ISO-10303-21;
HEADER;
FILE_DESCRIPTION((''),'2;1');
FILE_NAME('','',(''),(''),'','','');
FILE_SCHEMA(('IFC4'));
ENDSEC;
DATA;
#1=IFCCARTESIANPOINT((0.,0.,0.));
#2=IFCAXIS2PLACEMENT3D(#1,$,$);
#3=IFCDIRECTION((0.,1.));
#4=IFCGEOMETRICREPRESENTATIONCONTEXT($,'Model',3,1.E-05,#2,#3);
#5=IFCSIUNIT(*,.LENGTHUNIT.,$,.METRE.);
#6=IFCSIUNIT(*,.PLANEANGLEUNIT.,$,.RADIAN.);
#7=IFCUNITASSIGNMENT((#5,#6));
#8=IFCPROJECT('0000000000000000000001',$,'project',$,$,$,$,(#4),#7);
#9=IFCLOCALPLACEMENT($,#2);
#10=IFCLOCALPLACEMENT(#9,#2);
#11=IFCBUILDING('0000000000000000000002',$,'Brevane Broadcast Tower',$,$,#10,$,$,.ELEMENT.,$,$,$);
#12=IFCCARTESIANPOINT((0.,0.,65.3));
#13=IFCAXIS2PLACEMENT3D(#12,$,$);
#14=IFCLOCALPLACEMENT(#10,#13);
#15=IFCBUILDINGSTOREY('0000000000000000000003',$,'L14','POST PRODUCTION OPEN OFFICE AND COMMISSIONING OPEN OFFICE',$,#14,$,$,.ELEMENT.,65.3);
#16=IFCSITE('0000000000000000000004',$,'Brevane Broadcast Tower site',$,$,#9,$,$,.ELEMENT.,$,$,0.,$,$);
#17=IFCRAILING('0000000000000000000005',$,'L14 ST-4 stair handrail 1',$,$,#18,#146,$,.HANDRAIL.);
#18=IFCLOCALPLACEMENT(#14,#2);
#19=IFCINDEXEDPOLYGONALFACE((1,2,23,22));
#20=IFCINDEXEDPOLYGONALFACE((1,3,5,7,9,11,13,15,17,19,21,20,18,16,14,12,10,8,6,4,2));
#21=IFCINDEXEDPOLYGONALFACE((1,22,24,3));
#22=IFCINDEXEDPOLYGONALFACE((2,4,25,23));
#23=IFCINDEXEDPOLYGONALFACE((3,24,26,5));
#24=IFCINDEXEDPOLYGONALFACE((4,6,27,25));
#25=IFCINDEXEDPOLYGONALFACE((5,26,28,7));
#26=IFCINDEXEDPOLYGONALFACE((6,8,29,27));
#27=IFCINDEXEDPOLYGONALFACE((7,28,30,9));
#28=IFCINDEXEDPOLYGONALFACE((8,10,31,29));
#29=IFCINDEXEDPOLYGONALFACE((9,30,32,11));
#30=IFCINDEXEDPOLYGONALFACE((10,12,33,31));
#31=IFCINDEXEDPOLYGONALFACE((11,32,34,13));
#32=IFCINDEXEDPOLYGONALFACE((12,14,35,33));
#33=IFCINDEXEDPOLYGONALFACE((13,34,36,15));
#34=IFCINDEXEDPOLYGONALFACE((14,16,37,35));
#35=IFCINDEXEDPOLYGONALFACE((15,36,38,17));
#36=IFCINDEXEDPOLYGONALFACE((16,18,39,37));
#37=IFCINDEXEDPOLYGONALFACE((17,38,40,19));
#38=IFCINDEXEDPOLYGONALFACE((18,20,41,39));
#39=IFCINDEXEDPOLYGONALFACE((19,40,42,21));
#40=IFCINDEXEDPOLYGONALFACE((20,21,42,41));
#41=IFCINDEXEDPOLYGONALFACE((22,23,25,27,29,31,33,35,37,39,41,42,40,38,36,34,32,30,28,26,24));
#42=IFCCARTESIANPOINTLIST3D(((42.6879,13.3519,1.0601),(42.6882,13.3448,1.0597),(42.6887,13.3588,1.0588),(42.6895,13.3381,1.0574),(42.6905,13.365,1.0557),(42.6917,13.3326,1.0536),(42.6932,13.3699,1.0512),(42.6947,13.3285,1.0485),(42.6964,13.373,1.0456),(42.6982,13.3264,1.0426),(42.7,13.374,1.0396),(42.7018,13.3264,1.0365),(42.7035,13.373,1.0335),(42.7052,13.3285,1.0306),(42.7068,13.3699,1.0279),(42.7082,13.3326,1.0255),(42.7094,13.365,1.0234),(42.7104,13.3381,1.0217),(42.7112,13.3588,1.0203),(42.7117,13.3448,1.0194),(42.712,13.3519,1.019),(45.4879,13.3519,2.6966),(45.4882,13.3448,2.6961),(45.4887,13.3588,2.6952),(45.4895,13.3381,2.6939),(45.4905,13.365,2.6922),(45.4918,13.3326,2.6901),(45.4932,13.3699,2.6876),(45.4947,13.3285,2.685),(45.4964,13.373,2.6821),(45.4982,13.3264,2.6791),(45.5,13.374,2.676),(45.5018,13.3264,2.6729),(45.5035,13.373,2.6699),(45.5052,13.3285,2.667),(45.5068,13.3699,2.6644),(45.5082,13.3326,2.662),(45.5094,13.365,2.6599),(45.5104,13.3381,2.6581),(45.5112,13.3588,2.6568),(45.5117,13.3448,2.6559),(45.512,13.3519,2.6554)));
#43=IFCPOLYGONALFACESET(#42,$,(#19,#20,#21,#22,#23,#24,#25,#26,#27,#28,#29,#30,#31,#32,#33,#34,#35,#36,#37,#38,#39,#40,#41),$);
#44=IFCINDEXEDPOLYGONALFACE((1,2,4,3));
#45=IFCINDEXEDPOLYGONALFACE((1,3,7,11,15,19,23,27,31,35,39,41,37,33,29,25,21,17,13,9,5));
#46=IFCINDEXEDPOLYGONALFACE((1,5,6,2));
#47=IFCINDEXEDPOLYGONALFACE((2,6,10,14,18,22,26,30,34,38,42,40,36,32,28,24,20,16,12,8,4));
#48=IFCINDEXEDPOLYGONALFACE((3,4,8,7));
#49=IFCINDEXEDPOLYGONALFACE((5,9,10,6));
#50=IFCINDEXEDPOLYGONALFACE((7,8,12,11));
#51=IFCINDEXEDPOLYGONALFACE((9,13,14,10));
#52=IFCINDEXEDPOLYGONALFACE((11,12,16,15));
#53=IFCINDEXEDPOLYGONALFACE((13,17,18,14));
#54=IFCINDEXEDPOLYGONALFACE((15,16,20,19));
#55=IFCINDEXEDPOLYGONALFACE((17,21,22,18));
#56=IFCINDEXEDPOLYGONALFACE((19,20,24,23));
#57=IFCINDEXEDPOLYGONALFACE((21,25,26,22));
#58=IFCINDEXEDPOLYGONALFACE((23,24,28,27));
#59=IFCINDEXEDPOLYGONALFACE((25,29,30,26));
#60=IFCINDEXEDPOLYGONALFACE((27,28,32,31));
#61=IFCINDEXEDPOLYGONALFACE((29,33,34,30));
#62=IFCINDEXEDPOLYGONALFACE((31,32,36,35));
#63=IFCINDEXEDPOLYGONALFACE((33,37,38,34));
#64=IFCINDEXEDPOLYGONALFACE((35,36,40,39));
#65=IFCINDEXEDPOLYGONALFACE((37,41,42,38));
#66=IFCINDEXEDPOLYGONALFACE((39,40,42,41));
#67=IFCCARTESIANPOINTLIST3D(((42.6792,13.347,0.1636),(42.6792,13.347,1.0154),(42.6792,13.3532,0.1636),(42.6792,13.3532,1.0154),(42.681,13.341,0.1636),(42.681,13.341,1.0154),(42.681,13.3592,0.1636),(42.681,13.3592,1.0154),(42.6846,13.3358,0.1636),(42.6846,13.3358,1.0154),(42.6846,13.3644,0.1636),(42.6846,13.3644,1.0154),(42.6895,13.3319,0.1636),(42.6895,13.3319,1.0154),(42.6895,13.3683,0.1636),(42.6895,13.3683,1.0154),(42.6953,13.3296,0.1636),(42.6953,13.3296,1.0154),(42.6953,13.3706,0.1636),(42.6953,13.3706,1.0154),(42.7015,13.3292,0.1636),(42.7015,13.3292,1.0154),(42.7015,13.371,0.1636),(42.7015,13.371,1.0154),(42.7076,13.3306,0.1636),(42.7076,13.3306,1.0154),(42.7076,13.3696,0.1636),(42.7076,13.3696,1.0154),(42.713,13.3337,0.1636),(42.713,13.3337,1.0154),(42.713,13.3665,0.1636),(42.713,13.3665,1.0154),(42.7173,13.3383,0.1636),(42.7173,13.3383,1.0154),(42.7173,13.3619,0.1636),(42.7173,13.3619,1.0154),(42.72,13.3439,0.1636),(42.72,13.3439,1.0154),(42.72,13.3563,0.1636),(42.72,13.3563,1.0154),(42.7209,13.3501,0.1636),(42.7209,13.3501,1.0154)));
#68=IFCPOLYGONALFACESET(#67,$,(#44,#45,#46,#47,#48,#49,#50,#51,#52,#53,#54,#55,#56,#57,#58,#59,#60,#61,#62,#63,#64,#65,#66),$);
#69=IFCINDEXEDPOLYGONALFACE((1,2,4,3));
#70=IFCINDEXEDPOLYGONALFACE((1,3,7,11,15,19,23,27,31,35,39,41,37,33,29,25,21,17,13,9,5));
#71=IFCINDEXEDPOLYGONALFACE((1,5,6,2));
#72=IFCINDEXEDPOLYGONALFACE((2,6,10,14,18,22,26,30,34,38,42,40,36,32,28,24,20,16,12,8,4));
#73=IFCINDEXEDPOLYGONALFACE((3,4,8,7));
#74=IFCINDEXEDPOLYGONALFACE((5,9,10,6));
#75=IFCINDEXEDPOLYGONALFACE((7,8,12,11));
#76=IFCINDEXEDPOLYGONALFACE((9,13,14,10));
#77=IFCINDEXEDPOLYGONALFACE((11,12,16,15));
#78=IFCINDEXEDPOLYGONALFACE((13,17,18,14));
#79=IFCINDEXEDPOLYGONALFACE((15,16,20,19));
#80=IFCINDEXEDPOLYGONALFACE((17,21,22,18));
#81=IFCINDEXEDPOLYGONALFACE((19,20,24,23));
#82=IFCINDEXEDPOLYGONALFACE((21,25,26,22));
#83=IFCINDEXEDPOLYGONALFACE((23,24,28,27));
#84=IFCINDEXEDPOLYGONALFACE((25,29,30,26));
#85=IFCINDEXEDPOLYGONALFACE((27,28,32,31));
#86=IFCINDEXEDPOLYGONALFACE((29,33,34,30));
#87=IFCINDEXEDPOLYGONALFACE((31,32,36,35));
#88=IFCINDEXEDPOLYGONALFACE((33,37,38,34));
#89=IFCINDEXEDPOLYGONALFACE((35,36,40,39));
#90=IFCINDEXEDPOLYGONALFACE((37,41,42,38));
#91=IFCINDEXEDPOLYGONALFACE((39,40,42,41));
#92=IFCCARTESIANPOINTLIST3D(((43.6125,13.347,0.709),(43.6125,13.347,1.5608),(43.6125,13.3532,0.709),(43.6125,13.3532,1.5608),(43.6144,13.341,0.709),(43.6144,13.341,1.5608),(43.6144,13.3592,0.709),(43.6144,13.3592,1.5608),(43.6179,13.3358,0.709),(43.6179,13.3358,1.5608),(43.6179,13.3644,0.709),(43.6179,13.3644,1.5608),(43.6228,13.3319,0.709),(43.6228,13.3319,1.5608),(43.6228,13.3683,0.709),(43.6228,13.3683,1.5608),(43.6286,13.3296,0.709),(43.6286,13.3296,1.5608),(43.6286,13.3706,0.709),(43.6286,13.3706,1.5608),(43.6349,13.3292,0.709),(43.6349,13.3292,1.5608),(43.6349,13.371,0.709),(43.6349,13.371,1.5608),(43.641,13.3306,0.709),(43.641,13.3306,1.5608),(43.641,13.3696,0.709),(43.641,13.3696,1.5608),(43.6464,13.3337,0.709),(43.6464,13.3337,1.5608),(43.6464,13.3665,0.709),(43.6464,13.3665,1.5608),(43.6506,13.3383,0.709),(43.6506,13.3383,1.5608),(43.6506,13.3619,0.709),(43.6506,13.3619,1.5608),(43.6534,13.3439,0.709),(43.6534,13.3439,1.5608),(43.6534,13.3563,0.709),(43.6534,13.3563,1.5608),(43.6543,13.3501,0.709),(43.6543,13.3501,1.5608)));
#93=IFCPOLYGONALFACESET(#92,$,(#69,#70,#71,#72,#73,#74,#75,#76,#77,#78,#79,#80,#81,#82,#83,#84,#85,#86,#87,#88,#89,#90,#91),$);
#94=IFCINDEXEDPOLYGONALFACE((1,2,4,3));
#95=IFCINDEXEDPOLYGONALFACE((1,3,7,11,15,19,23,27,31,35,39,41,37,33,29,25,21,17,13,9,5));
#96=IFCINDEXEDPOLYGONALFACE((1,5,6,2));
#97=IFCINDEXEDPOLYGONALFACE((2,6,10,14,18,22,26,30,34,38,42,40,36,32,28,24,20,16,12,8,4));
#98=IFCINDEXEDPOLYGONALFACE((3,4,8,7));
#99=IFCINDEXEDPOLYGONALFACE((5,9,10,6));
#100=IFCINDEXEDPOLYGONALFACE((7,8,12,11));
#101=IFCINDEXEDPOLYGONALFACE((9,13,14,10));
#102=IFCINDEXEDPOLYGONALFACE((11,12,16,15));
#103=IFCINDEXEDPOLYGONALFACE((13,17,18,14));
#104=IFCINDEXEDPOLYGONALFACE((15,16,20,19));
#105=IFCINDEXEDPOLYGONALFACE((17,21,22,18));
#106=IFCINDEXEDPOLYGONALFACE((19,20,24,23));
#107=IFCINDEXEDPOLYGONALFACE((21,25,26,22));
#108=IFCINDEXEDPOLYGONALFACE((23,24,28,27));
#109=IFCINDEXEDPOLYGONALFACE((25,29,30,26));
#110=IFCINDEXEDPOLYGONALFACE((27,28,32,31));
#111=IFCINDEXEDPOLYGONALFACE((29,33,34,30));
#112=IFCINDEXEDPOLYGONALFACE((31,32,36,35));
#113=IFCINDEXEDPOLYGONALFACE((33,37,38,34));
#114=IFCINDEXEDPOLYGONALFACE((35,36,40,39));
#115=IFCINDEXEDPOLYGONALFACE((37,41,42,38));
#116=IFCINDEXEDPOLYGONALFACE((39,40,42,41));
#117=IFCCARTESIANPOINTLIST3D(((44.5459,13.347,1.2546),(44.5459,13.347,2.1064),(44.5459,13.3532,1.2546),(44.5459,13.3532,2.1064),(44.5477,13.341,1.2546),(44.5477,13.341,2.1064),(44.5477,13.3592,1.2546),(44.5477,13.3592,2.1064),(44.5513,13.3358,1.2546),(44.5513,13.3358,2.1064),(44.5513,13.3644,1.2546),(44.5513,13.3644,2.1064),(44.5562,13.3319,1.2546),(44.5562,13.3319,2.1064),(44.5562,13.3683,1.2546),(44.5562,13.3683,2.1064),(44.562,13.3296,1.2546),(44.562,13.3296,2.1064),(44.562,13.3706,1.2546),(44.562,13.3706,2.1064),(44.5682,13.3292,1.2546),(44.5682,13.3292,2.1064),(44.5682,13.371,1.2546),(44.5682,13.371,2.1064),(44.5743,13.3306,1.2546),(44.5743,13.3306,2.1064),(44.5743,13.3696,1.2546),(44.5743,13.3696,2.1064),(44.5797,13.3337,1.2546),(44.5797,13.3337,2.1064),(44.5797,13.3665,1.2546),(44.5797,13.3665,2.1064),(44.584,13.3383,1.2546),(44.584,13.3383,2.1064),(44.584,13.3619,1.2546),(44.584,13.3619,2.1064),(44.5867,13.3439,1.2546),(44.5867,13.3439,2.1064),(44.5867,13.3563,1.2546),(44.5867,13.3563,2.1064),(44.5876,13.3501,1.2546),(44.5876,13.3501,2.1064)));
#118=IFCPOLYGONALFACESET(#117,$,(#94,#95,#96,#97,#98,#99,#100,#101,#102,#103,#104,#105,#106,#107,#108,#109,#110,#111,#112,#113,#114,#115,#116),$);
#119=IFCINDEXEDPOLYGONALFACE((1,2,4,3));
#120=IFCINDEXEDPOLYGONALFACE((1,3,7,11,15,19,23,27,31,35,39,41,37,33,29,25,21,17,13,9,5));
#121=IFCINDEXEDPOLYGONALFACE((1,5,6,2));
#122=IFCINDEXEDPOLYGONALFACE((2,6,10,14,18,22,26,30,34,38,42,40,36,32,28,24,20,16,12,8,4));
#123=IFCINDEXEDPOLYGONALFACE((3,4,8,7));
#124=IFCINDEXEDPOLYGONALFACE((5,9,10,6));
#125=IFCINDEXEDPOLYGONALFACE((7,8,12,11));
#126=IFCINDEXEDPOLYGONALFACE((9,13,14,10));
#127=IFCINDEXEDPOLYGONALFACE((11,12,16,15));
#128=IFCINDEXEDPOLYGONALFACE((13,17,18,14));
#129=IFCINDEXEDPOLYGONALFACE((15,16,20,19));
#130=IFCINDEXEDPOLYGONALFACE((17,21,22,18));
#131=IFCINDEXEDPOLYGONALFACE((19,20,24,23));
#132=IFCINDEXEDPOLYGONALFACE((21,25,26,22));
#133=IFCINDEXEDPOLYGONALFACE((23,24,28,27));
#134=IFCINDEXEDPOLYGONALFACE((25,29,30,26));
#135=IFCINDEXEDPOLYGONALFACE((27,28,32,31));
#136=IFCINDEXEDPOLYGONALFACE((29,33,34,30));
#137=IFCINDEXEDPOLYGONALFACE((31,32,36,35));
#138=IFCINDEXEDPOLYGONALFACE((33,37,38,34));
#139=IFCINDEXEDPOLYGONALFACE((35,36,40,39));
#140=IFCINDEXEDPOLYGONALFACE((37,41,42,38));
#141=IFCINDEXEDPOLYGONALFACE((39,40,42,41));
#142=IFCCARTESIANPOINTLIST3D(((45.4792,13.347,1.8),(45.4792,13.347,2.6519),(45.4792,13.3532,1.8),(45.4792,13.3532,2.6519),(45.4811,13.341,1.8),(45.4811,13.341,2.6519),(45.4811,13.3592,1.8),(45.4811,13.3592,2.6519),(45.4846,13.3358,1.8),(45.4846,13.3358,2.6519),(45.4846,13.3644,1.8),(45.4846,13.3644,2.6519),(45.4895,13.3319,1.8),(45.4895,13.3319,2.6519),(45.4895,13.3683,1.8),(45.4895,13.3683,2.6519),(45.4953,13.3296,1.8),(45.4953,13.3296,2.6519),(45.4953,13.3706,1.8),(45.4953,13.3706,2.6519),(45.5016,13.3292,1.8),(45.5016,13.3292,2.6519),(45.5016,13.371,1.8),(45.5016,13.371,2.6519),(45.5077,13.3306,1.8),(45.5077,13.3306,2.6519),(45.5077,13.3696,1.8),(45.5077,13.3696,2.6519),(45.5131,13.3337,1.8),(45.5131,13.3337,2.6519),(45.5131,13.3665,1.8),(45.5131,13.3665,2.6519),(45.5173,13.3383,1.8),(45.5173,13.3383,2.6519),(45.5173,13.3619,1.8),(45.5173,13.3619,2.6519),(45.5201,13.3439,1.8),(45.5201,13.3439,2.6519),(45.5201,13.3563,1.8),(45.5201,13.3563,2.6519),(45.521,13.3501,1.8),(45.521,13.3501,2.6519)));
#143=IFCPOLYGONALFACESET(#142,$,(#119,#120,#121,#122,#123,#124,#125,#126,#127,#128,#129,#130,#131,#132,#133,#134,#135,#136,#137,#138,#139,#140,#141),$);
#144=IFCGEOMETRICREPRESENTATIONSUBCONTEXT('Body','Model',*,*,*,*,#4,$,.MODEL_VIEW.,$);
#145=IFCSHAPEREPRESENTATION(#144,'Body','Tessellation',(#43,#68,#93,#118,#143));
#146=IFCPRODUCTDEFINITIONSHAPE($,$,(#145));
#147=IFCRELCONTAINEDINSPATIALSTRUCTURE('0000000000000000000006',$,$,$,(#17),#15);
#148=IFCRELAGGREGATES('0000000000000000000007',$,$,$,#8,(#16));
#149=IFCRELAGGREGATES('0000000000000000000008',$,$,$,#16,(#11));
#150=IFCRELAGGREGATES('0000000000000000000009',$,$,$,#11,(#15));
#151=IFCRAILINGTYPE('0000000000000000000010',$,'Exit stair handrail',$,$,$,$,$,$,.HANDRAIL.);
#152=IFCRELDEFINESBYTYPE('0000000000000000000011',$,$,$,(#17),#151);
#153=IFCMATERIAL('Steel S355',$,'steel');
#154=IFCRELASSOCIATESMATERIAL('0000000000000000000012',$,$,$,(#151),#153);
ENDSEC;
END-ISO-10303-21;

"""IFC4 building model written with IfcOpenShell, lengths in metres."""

from ifc_helpers import new_model, si_unit, direction, frame, origin, origin_2d, place, context, subcontext, project, spatial, circle, extrude, material, type_object, element, save


model = new_model("IFC4")

# Units and contexts
model_context = context("Model", 3, precision=1e-05, world=origin(), true_north=direction((0.0, 1.0)))
body_context = subcontext(model_context, "Body", "Model", "MODEL_VIEW")
ifc_project = project(units=[si_unit("LENGTHUNIT", "METRE"), si_unit("PLANEANGLEUNIT", "RADIAN")], contexts=[model_context])

# Site, building, storey
site_placement = place(None, origin())
site = spatial("IfcSite", under=ifc_project, at=site_placement, Name="Brevane Broadcast Tower site", CompositionType="ELEMENT", RefElevation=0.0)
building_placement = place(site_placement, origin())
building = spatial("IfcBuilding", under=site, at=building_placement, Name="Brevane Broadcast Tower", CompositionType="ELEMENT")
storey_placement = place(building_placement, frame((0.0, 0.0, 65.3)))
storey = spatial("IfcBuildingStorey", under=building, at=storey_placement, Name="L14", Description="POST PRODUCTION OPEN OFFICE AND COMMISSIONING OPEN OFFICE", CompositionType="ELEMENT", Elevation=65.3)

# Railing
ifc_material_1 = material(Name="Steel S355", Category="steel")
railing_type_1 = type_object("IfcRailingType", Name="Exit stair handrail", PredefinedType="HANDRAIL", material=ifc_material_1)
railing_1_placement = place(storey_placement, frame((42.7, 13.3501, 0.1636)))
element("IfcRailing", 1, at=railing_1_placement, inside=storey, type_object=railing_type_1, Name="L14 ST-4 stair handrail 1", PredefinedType="HANDRAIL", context=body_context, shape_type="SweptSolid", body=[
    extrude(circle(Radius=0.0239, at=origin_2d()), frame((0.0, 0.0, 0.876), z_axis=(0.863361, 0.0, 0.504587), x_axis=(0.0, 1.0, 0.0)), (0.0, 0.0, 1.0), 3.2432),
    extrude(circle(Radius=0.021, at=origin_2d()), origin(), (0.0, 0.0, 1.0), 0.8518),
    extrude(circle(Radius=0.021, at=origin_2d()), frame((0.9333, 0.0, 0.5454)), (0.0, 0.0, 1.0), 0.8518),
    extrude(circle(Radius=0.021, at=origin_2d()), frame((1.8667, 0.0, 1.0911)), (0.0, 0.0, 1.0), 0.8518),
    extrude(circle(Radius=0.021, at=origin_2d()), frame((2.8, 0.0, 1.6365)), (0.0, 0.0, 1.0), 0.8518),
])

save(model, "model.ifc")
